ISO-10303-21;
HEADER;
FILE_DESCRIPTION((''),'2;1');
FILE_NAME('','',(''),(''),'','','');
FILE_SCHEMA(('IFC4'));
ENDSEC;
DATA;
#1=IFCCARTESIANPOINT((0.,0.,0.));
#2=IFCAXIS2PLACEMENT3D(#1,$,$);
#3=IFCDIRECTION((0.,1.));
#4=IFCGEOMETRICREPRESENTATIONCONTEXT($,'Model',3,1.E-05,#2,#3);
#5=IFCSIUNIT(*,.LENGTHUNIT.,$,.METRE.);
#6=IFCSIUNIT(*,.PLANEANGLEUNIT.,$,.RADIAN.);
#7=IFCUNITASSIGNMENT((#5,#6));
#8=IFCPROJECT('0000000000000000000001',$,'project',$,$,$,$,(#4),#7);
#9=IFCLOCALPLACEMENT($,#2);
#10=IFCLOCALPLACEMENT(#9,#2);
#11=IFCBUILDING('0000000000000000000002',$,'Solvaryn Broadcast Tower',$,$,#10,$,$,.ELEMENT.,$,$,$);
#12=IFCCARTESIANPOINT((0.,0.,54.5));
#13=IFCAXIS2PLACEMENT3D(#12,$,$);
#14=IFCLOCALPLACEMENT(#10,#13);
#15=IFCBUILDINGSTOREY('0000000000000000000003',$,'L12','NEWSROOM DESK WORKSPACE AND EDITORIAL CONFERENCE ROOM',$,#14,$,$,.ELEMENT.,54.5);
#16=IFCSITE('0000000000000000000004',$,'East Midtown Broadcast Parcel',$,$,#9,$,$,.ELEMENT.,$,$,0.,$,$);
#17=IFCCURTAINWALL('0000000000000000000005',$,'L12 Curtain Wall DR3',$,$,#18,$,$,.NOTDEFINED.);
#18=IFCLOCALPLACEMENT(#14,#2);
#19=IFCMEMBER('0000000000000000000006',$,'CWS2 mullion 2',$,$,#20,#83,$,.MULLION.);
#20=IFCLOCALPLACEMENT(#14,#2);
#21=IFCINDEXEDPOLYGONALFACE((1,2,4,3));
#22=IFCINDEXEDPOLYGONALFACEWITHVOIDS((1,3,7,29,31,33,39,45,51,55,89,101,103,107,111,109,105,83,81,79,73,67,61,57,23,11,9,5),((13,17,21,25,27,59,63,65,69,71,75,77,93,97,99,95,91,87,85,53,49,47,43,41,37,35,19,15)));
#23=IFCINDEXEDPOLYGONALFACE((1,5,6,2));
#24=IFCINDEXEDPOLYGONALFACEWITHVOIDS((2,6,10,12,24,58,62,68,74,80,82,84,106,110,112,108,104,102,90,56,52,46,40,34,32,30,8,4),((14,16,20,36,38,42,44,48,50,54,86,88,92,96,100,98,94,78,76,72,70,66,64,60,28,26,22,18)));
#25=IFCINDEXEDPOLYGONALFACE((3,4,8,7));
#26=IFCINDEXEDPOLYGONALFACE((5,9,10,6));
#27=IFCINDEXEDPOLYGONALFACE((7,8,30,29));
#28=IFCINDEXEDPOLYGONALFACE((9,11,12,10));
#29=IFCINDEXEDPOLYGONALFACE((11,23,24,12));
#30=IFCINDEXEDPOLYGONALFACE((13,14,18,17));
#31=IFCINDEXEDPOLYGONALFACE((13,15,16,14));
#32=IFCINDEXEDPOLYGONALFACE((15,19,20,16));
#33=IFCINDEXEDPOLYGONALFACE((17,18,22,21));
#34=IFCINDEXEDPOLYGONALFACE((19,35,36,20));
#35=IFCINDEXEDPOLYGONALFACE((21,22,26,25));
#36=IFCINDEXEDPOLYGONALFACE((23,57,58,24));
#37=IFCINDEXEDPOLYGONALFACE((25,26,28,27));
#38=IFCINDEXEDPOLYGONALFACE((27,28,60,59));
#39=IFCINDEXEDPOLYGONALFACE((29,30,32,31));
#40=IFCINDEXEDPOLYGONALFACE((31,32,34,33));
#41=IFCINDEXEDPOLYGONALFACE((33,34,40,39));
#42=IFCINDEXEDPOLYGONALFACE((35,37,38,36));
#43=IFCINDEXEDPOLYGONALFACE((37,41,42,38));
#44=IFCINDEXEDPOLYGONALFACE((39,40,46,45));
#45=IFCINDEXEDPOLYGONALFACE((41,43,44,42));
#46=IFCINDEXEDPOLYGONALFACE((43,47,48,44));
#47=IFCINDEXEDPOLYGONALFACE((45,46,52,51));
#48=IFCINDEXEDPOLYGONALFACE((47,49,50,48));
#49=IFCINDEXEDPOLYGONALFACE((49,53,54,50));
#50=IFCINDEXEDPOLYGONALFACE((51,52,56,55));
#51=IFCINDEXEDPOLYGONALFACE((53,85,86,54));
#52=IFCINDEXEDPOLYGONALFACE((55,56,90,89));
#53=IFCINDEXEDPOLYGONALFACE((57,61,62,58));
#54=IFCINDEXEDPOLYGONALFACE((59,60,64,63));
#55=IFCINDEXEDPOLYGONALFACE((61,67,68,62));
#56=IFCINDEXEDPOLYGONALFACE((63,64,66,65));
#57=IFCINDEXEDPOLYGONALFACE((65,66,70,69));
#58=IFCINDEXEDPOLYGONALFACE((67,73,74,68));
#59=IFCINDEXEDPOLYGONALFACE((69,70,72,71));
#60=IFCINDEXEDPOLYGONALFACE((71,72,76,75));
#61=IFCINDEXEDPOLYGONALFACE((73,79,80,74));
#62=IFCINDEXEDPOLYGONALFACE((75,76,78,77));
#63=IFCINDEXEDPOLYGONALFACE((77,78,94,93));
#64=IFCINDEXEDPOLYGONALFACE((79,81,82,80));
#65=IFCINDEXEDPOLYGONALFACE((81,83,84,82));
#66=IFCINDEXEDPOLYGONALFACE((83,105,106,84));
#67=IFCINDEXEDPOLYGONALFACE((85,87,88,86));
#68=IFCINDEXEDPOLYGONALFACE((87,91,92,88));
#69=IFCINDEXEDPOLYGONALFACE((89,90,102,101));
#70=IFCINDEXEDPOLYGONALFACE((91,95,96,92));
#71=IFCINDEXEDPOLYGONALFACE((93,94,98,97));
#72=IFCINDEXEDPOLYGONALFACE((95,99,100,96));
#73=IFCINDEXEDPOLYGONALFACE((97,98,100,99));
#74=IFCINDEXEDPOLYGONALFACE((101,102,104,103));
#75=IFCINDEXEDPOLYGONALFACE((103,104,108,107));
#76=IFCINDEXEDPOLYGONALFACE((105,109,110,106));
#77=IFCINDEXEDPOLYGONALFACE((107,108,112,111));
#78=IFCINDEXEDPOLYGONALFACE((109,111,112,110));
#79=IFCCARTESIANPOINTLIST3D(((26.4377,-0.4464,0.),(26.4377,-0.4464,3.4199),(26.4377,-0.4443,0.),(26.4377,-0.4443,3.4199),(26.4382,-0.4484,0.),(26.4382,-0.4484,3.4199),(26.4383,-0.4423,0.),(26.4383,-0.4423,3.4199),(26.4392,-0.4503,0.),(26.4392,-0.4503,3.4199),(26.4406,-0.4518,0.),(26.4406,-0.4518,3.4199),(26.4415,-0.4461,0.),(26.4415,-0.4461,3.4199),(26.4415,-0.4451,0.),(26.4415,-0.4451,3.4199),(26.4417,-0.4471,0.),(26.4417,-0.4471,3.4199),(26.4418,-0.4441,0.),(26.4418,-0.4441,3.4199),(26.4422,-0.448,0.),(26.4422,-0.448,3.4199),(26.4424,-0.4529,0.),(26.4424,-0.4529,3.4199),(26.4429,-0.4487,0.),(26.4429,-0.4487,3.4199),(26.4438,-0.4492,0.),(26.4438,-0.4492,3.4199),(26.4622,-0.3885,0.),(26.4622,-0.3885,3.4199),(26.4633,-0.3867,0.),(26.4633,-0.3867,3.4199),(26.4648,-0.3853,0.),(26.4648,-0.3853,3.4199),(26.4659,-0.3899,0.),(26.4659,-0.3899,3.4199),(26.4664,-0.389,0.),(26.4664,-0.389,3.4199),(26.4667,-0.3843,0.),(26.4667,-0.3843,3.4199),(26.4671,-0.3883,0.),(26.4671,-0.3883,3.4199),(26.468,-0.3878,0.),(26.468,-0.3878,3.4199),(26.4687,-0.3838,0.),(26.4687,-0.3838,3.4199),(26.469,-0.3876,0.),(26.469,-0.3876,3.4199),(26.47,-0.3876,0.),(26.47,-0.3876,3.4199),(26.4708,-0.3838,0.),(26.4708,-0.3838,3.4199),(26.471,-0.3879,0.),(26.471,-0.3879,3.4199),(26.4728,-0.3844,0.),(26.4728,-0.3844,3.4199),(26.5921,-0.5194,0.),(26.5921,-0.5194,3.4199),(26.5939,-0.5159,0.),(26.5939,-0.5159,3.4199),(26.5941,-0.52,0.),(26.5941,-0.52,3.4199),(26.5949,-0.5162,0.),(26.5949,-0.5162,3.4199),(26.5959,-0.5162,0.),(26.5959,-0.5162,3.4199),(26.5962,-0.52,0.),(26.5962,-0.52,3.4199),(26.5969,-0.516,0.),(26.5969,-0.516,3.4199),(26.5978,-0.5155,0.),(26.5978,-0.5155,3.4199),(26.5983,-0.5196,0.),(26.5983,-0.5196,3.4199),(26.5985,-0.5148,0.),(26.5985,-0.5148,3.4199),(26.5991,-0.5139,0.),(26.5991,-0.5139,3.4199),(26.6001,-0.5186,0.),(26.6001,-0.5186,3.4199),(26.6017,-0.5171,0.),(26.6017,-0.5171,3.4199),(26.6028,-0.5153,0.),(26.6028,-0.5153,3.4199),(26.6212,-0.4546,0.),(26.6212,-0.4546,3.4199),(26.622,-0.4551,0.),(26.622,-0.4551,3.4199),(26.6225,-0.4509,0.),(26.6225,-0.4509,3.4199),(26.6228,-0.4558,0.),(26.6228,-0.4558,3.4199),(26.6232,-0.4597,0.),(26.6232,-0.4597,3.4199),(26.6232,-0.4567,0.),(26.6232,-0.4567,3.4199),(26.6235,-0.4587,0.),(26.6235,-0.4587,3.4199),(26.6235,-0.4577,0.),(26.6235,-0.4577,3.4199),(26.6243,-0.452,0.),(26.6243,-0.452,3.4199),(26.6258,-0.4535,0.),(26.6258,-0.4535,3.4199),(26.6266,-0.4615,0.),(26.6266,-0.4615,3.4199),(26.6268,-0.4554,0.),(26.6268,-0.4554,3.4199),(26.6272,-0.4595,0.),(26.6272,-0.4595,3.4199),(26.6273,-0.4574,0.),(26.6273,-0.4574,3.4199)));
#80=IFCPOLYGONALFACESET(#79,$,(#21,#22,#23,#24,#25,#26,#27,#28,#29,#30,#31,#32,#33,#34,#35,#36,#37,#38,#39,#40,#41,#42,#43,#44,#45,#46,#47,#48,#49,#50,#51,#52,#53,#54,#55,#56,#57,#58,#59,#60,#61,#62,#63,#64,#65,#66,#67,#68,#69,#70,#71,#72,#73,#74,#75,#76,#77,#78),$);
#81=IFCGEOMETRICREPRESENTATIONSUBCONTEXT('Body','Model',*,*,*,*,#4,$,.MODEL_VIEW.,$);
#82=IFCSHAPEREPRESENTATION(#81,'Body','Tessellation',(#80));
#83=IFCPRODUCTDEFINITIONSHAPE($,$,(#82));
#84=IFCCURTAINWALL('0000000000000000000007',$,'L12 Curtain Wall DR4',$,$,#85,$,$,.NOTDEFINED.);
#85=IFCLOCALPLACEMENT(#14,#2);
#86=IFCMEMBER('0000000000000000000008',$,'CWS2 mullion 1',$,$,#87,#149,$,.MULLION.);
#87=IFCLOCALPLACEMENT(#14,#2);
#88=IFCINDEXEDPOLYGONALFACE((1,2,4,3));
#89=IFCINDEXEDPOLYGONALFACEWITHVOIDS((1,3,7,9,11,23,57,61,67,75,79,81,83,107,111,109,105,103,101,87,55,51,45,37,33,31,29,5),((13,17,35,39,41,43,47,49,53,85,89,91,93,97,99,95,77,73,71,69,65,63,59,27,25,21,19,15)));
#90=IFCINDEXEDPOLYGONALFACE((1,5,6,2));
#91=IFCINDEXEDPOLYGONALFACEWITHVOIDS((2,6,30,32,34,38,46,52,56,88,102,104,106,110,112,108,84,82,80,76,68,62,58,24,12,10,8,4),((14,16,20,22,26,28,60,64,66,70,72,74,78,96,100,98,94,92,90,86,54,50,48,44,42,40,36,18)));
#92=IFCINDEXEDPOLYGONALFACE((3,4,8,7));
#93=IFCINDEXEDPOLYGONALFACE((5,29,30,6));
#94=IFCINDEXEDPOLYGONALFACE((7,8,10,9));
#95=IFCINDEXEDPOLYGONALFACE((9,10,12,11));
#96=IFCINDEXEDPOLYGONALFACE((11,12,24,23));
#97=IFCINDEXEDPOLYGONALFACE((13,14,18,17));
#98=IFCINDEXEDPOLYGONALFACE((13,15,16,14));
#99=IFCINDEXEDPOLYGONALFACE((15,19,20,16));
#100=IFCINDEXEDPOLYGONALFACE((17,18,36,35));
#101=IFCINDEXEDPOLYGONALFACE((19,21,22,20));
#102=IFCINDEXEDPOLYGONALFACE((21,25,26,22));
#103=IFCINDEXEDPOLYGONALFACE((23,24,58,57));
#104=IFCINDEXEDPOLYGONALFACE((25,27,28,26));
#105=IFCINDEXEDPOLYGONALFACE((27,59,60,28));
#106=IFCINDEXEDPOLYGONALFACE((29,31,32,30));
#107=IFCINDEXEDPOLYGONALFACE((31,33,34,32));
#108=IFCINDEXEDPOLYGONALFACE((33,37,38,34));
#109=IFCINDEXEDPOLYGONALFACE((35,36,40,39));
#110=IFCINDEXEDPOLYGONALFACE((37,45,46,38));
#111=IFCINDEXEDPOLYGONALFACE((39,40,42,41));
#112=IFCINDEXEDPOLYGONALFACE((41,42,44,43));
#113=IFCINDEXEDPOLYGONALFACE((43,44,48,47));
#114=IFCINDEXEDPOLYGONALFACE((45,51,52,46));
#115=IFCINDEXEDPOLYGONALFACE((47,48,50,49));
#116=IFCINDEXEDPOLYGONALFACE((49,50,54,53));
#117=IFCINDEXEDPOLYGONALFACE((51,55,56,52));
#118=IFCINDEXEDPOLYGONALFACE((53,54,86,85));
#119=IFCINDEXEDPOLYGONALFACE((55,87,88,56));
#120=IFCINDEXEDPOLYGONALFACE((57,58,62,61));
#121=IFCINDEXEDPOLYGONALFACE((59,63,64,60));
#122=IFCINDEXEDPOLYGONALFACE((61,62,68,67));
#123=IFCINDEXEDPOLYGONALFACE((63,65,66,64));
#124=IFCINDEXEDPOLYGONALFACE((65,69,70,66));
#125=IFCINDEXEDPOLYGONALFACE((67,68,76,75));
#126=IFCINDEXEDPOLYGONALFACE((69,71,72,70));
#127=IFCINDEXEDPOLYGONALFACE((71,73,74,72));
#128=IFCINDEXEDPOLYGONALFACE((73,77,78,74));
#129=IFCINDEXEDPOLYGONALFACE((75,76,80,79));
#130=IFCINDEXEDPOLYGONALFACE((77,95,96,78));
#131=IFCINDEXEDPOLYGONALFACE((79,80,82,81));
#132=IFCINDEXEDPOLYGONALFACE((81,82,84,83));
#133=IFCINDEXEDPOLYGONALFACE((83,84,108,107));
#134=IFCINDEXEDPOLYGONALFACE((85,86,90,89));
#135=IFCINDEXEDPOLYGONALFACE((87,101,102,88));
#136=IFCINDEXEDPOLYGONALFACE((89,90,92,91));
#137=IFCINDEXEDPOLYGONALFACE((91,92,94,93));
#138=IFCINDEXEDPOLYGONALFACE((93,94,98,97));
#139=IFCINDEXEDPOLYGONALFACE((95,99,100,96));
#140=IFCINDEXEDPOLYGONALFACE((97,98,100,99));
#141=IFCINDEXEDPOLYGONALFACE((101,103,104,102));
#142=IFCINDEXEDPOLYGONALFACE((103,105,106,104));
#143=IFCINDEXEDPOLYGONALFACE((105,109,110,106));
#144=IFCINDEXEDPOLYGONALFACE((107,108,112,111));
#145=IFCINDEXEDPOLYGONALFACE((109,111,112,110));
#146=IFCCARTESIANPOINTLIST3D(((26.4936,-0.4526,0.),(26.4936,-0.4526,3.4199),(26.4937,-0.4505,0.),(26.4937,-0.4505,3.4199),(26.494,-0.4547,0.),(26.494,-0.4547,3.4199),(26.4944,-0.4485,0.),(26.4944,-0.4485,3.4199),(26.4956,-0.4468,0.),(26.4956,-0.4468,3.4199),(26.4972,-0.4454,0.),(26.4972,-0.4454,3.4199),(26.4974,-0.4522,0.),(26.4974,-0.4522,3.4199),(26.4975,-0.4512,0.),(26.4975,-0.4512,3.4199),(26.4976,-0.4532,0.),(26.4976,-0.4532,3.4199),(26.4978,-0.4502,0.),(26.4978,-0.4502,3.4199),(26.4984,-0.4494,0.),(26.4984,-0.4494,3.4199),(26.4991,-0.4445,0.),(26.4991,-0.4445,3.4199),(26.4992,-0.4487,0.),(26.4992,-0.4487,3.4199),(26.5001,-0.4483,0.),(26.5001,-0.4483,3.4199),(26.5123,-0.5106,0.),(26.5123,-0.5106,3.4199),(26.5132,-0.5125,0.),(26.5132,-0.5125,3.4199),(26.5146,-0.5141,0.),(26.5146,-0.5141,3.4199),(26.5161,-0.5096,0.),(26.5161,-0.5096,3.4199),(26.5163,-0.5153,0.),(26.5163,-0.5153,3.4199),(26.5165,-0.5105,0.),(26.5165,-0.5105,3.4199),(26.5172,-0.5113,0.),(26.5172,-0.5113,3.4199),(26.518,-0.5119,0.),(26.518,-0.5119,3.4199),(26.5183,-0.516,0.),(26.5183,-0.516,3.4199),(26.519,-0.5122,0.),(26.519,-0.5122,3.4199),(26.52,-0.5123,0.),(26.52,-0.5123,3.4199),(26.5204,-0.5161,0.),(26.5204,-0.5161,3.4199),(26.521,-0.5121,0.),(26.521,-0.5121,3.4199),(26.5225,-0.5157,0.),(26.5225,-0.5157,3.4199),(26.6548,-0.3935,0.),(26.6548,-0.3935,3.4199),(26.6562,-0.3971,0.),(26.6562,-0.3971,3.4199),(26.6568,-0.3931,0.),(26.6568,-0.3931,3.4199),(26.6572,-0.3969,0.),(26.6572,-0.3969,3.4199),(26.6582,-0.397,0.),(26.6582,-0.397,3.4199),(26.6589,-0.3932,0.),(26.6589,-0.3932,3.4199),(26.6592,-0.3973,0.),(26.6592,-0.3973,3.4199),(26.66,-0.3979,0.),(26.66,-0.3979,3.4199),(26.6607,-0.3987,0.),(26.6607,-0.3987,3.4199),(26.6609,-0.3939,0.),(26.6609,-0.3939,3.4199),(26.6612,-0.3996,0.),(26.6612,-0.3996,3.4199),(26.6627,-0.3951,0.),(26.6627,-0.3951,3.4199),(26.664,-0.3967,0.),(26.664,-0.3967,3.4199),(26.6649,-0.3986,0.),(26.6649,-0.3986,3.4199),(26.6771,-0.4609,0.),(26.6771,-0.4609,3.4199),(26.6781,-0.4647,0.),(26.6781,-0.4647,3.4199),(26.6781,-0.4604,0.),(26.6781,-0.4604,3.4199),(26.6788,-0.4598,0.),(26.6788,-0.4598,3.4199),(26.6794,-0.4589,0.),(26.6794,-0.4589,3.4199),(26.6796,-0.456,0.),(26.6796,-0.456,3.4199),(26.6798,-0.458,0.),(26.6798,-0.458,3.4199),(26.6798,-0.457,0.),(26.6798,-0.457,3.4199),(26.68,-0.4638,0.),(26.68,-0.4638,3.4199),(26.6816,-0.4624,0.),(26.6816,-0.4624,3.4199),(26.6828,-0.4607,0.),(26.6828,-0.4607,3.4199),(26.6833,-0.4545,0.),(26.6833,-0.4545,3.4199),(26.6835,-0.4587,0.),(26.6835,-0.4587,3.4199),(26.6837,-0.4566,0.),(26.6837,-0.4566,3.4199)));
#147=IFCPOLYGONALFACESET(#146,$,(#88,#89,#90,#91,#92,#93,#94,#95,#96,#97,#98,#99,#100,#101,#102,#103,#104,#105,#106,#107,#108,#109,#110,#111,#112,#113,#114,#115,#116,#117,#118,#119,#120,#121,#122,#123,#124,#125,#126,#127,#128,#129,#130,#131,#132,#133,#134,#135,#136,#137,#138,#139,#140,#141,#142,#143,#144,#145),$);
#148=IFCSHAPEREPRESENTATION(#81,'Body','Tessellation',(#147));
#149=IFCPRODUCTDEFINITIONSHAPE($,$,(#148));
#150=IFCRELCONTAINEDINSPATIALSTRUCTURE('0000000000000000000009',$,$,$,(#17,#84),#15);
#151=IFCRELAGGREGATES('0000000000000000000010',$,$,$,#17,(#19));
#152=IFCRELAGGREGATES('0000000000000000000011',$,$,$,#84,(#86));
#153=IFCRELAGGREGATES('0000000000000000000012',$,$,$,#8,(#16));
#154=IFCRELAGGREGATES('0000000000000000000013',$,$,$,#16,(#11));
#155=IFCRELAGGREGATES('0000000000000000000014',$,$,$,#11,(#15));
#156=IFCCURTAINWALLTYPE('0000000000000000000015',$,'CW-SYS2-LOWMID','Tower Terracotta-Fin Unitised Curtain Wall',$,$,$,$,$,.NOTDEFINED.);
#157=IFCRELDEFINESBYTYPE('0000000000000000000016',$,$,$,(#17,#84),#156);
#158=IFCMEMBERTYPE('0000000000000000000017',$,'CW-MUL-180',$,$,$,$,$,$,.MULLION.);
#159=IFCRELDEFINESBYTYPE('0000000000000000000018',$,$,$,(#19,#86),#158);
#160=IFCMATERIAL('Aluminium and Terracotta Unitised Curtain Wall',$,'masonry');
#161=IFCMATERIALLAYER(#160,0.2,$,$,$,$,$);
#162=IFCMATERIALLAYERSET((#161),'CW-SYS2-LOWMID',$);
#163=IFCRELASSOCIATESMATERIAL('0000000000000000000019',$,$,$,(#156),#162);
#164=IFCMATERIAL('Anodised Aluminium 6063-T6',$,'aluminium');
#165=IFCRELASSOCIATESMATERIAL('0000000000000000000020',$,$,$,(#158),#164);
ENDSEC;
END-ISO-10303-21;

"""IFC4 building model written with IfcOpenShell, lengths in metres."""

from ifc_helpers import new_model, si_unit, direction, frame, origin, origin_2d, place, context, subcontext, project, spatial, hollow_rectangle, extrude, material, layer, layer_set, material_profile, profile_set, type_object, element, aggregate, save


model = new_model("IFC4")

# Units and contexts
model_context = context("Model", 3, precision=1e-05, world=origin(), true_north=direction((0.0, 1.0)))
body_context = subcontext(model_context, "Body", "Model", "MODEL_VIEW")
ifc_project = project(units=[si_unit("LENGTHUNIT", "METRE"), si_unit("PLANEANGLEUNIT", "RADIAN")], contexts=[model_context])

# Site, building, storey
site_placement = place(None, origin())
site = spatial("IfcSite", under=ifc_project, at=site_placement, Name="East Midtown Broadcast Parcel", CompositionType="ELEMENT", RefElevation=0.0)
building_placement = place(site_placement, origin())
building = spatial("IfcBuilding", under=site, at=building_placement, Name="Solvaryn Broadcast Tower", CompositionType="ELEMENT")
storey_placement = place(building_placement, frame((0.0, 0.0, 54.5)))
storey = spatial("IfcBuildingStorey", under=building, at=storey_placement, Name="L12", Description="NEWSROOM DESK WORKSPACE AND EDITORIAL CONFERENCE ROOM", CompositionType="ELEMENT", Elevation=54.5)

# Curtain wall, member
ifc_material_1 = material(Name="Aluminium and Terracotta Unitised Curtain Wall", Category="masonry")
ifc_layer_1 = layer(ifc_material_1, 0.2)
ifc_layer_set_1 = layer_set([ifc_layer_1], Name="CW-SYS2-LOWMID")
curtain_wall_type = type_object("IfcCurtainWallType", Name="CW-SYS2-LOWMID", Description="Tower Terracotta-Fin Unitised Curtain Wall", PredefinedType="NOTDEFINED", material=ifc_layer_set_1)
curtain_wall_1_placement = place(storey_placement, origin())
curtain_wall_1 = element("IfcCurtainWall", 1, at=curtain_wall_1_placement, inside=storey, type_object=curtain_wall_type, Name="L12 Curtain Wall DR3", PredefinedType="NOTDEFINED")
ifc_material_2 = material(Name="Anodised Aluminium 6063-T6", Category="aluminium")
ifc_material_profile_1 = material_profile(ifc_material_2, hollow_rectangle(XDim=0.075, YDim=0.1799, WallThickness=0.0039, InnerFilletRadius=0.0039, OuterFilletRadius=0.0081, at=origin_2d()))
ifc_profile_set_1 = profile_set([ifc_material_profile_1], Name="Anodised Aluminium 6063-T6")
member_type_1 = type_object("IfcMemberType", Name="CW-MUL-180", PredefinedType="MULLION", material=ifc_profile_set_1)
member_1_placement = place(storey_placement, frame((26.5325, -0.4519, 0.0), z_axis=(0.0, 0.0, 1.0), x_axis=(0.405898, 0.913918, 0.0)))
member_1 = element("IfcMember", 2, at=member_1_placement, type_object=member_type_1, Name="CWS2 mullion 2", PredefinedType="MULLION", context=body_context, shape_type="SweptSolid", body=[
    extrude(hollow_rectangle(XDim=0.075, YDim=0.1799, WallThickness=0.0039, InnerFilletRadius=0.0039, OuterFilletRadius=0.0081, at=origin_2d()), origin(), (0.0, 0.0, 1.0), 3.4199),
])
aggregate(curtain_wall_1, [member_1])

# Curtain wall, member
curtain_wall_2_placement = place(storey_placement, origin())
curtain_wall_2 = element("IfcCurtainWall", 3, at=curtain_wall_2_placement, inside=storey, type_object=curtain_wall_type, Name="L12 Curtain Wall DR4", PredefinedType="NOTDEFINED")
member_2_placement = place(storey_placement, frame((26.5886, -0.4546, 0.0), z_axis=(0.0, 0.0, 1.0), x_axis=(-0.311594, 0.950215, 0.0)))
member_2 = element("IfcMember", 4, at=member_2_placement, type_object=member_type_1, Name="CWS2 mullion 1", PredefinedType="MULLION", context=body_context, shape_type="SweptSolid", body=[
    extrude(hollow_rectangle(XDim=0.075, YDim=0.1799, WallThickness=0.0039, InnerFilletRadius=0.0039, OuterFilletRadius=0.0081, at=origin_2d()), origin(), (0.0, 0.0, 1.0), 3.4199),
])
aggregate(curtain_wall_2, [member_2])

save(model, "model.ifc")
